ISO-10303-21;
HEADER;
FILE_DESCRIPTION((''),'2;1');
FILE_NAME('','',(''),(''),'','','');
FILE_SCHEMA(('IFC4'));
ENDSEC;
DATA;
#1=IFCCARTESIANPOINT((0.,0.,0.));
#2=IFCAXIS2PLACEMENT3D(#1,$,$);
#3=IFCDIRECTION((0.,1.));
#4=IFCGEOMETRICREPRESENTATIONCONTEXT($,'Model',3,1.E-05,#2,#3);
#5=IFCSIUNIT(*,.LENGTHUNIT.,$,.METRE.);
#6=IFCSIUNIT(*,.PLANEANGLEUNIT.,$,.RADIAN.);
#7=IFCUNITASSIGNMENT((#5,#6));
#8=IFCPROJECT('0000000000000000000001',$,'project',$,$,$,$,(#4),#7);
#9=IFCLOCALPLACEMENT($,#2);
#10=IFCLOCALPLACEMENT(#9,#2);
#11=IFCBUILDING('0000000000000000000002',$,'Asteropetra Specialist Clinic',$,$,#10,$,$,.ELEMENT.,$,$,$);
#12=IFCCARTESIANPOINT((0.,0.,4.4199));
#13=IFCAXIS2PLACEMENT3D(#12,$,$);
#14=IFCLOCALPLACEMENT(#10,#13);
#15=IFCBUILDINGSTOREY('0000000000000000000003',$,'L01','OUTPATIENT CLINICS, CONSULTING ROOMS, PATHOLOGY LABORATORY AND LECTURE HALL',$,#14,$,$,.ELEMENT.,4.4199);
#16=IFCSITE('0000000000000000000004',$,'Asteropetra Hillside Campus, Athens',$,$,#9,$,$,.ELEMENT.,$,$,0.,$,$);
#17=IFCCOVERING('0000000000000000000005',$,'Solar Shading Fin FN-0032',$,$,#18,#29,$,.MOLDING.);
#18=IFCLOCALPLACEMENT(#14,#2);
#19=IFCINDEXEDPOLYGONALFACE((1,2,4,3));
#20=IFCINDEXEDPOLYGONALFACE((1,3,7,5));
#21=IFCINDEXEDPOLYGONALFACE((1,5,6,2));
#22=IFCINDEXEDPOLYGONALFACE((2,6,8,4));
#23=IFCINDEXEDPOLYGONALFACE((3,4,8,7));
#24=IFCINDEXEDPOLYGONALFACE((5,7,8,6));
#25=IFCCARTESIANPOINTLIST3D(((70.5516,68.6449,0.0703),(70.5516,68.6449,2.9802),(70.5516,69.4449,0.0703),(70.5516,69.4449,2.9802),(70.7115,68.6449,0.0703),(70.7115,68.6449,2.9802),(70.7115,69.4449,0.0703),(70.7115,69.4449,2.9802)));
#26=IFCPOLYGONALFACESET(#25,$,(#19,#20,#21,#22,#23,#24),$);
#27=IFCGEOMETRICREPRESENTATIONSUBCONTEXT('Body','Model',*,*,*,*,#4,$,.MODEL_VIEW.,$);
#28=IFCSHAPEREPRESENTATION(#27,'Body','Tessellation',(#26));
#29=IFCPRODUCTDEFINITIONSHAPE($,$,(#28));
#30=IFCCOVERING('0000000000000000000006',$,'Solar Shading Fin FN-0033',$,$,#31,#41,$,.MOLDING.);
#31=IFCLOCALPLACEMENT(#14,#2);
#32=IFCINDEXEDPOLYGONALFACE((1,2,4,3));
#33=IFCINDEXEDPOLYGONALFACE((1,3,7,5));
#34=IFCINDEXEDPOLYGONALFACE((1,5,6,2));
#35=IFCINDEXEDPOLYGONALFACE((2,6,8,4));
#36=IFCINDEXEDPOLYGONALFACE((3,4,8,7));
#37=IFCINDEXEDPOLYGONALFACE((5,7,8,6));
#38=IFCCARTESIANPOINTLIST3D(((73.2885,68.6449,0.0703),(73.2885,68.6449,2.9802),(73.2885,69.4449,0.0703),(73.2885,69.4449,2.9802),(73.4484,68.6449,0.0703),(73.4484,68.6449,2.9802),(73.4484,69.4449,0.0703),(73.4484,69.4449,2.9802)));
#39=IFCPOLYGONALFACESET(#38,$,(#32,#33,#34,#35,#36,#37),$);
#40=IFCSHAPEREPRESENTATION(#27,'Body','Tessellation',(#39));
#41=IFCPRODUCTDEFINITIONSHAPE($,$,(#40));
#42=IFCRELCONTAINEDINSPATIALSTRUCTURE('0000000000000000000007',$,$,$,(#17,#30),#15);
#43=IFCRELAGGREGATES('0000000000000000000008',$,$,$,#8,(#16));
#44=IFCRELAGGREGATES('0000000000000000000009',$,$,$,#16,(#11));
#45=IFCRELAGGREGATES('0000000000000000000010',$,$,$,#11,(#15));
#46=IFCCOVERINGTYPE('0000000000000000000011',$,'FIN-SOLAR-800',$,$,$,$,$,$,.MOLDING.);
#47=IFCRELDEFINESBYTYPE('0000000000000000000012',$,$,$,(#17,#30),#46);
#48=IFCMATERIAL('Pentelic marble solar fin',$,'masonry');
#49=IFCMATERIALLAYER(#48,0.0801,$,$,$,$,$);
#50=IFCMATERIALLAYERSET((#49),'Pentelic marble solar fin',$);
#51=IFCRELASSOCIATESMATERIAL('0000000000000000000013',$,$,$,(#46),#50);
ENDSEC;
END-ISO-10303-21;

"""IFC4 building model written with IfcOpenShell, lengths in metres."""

from ifc_helpers import new_model, si_unit, direction, frame, origin, origin_2d, place, context, subcontext, project, spatial, rectangle, extrude, material, layer, layer_set, type_object, element, save


model = new_model("IFC4")

# Units and contexts
model_context = context("Model", 3, precision=1e-05, world=origin(), true_north=direction((0.0, 1.0)))
body_context = subcontext(model_context, "Body", "Model", "MODEL_VIEW")
ifc_project = project(units=[si_unit("LENGTHUNIT", "METRE"), si_unit("PLANEANGLEUNIT", "RADIAN")], contexts=[model_context])

# Site, building, storey
site_placement = place(None, origin())
site = spatial("IfcSite", under=ifc_project, at=site_placement, Name="Asteropetra Hillside Campus, Athens", CompositionType="ELEMENT", RefElevation=0.0)
building_placement = place(site_placement, origin())
building = spatial("IfcBuilding", under=site, at=building_placement, Name="Asteropetra Specialist Clinic", CompositionType="ELEMENT")
storey_placement = place(building_placement, frame((0.0, 0.0, 4.4199)))
storey = spatial("IfcBuildingStorey", under=building, at=storey_placement, Name="L01", Description="OUTPATIENT CLINICS, CONSULTING ROOMS, PATHOLOGY LABORATORY AND LECTURE HALL", CompositionType="ELEMENT", Elevation=4.4199)

# Coverings
ifc_material_1 = material(Name="Pentelic marble solar fin", Category="masonry")
ifc_layer_1 = layer(ifc_material_1, 0.0801)
ifc_layer_set_1 = layer_set([ifc_layer_1], Name="Pentelic marble solar fin")
covering_type_1 = type_object("IfcCoveringType", Name="FIN-SOLAR-800", PredefinedType="MOLDING", material=ifc_layer_set_1)
for number, where, z_axis, x_axis, name in (
    (1, (70.6316, 69.0449, 0.0703), (0.0, 0.0, 1.0), (1.0, 0.0, 0.0), "Solar Shading Fin FN-0032"),
    (2, (73.3684, 69.0449, 0.0703), (0.0, 0.0, 1.0), (1.0, 0.0, 0.0), "Solar Shading Fin FN-0033"),
):
    element("IfcCovering", number, at=place(storey_placement, frame(where, z_axis=z_axis, x_axis=x_axis)), inside=storey, type_object=covering_type_1, Name=name, PredefinedType="MOLDING", context=body_context, shape_type="SweptSolid", body=[
        extrude(rectangle(XDim=0.1599, YDim=0.8, at=origin_2d()), origin(), (0.0, 0.0, 1.0), 2.9099),
    ])

save(model, "model.ifc")
